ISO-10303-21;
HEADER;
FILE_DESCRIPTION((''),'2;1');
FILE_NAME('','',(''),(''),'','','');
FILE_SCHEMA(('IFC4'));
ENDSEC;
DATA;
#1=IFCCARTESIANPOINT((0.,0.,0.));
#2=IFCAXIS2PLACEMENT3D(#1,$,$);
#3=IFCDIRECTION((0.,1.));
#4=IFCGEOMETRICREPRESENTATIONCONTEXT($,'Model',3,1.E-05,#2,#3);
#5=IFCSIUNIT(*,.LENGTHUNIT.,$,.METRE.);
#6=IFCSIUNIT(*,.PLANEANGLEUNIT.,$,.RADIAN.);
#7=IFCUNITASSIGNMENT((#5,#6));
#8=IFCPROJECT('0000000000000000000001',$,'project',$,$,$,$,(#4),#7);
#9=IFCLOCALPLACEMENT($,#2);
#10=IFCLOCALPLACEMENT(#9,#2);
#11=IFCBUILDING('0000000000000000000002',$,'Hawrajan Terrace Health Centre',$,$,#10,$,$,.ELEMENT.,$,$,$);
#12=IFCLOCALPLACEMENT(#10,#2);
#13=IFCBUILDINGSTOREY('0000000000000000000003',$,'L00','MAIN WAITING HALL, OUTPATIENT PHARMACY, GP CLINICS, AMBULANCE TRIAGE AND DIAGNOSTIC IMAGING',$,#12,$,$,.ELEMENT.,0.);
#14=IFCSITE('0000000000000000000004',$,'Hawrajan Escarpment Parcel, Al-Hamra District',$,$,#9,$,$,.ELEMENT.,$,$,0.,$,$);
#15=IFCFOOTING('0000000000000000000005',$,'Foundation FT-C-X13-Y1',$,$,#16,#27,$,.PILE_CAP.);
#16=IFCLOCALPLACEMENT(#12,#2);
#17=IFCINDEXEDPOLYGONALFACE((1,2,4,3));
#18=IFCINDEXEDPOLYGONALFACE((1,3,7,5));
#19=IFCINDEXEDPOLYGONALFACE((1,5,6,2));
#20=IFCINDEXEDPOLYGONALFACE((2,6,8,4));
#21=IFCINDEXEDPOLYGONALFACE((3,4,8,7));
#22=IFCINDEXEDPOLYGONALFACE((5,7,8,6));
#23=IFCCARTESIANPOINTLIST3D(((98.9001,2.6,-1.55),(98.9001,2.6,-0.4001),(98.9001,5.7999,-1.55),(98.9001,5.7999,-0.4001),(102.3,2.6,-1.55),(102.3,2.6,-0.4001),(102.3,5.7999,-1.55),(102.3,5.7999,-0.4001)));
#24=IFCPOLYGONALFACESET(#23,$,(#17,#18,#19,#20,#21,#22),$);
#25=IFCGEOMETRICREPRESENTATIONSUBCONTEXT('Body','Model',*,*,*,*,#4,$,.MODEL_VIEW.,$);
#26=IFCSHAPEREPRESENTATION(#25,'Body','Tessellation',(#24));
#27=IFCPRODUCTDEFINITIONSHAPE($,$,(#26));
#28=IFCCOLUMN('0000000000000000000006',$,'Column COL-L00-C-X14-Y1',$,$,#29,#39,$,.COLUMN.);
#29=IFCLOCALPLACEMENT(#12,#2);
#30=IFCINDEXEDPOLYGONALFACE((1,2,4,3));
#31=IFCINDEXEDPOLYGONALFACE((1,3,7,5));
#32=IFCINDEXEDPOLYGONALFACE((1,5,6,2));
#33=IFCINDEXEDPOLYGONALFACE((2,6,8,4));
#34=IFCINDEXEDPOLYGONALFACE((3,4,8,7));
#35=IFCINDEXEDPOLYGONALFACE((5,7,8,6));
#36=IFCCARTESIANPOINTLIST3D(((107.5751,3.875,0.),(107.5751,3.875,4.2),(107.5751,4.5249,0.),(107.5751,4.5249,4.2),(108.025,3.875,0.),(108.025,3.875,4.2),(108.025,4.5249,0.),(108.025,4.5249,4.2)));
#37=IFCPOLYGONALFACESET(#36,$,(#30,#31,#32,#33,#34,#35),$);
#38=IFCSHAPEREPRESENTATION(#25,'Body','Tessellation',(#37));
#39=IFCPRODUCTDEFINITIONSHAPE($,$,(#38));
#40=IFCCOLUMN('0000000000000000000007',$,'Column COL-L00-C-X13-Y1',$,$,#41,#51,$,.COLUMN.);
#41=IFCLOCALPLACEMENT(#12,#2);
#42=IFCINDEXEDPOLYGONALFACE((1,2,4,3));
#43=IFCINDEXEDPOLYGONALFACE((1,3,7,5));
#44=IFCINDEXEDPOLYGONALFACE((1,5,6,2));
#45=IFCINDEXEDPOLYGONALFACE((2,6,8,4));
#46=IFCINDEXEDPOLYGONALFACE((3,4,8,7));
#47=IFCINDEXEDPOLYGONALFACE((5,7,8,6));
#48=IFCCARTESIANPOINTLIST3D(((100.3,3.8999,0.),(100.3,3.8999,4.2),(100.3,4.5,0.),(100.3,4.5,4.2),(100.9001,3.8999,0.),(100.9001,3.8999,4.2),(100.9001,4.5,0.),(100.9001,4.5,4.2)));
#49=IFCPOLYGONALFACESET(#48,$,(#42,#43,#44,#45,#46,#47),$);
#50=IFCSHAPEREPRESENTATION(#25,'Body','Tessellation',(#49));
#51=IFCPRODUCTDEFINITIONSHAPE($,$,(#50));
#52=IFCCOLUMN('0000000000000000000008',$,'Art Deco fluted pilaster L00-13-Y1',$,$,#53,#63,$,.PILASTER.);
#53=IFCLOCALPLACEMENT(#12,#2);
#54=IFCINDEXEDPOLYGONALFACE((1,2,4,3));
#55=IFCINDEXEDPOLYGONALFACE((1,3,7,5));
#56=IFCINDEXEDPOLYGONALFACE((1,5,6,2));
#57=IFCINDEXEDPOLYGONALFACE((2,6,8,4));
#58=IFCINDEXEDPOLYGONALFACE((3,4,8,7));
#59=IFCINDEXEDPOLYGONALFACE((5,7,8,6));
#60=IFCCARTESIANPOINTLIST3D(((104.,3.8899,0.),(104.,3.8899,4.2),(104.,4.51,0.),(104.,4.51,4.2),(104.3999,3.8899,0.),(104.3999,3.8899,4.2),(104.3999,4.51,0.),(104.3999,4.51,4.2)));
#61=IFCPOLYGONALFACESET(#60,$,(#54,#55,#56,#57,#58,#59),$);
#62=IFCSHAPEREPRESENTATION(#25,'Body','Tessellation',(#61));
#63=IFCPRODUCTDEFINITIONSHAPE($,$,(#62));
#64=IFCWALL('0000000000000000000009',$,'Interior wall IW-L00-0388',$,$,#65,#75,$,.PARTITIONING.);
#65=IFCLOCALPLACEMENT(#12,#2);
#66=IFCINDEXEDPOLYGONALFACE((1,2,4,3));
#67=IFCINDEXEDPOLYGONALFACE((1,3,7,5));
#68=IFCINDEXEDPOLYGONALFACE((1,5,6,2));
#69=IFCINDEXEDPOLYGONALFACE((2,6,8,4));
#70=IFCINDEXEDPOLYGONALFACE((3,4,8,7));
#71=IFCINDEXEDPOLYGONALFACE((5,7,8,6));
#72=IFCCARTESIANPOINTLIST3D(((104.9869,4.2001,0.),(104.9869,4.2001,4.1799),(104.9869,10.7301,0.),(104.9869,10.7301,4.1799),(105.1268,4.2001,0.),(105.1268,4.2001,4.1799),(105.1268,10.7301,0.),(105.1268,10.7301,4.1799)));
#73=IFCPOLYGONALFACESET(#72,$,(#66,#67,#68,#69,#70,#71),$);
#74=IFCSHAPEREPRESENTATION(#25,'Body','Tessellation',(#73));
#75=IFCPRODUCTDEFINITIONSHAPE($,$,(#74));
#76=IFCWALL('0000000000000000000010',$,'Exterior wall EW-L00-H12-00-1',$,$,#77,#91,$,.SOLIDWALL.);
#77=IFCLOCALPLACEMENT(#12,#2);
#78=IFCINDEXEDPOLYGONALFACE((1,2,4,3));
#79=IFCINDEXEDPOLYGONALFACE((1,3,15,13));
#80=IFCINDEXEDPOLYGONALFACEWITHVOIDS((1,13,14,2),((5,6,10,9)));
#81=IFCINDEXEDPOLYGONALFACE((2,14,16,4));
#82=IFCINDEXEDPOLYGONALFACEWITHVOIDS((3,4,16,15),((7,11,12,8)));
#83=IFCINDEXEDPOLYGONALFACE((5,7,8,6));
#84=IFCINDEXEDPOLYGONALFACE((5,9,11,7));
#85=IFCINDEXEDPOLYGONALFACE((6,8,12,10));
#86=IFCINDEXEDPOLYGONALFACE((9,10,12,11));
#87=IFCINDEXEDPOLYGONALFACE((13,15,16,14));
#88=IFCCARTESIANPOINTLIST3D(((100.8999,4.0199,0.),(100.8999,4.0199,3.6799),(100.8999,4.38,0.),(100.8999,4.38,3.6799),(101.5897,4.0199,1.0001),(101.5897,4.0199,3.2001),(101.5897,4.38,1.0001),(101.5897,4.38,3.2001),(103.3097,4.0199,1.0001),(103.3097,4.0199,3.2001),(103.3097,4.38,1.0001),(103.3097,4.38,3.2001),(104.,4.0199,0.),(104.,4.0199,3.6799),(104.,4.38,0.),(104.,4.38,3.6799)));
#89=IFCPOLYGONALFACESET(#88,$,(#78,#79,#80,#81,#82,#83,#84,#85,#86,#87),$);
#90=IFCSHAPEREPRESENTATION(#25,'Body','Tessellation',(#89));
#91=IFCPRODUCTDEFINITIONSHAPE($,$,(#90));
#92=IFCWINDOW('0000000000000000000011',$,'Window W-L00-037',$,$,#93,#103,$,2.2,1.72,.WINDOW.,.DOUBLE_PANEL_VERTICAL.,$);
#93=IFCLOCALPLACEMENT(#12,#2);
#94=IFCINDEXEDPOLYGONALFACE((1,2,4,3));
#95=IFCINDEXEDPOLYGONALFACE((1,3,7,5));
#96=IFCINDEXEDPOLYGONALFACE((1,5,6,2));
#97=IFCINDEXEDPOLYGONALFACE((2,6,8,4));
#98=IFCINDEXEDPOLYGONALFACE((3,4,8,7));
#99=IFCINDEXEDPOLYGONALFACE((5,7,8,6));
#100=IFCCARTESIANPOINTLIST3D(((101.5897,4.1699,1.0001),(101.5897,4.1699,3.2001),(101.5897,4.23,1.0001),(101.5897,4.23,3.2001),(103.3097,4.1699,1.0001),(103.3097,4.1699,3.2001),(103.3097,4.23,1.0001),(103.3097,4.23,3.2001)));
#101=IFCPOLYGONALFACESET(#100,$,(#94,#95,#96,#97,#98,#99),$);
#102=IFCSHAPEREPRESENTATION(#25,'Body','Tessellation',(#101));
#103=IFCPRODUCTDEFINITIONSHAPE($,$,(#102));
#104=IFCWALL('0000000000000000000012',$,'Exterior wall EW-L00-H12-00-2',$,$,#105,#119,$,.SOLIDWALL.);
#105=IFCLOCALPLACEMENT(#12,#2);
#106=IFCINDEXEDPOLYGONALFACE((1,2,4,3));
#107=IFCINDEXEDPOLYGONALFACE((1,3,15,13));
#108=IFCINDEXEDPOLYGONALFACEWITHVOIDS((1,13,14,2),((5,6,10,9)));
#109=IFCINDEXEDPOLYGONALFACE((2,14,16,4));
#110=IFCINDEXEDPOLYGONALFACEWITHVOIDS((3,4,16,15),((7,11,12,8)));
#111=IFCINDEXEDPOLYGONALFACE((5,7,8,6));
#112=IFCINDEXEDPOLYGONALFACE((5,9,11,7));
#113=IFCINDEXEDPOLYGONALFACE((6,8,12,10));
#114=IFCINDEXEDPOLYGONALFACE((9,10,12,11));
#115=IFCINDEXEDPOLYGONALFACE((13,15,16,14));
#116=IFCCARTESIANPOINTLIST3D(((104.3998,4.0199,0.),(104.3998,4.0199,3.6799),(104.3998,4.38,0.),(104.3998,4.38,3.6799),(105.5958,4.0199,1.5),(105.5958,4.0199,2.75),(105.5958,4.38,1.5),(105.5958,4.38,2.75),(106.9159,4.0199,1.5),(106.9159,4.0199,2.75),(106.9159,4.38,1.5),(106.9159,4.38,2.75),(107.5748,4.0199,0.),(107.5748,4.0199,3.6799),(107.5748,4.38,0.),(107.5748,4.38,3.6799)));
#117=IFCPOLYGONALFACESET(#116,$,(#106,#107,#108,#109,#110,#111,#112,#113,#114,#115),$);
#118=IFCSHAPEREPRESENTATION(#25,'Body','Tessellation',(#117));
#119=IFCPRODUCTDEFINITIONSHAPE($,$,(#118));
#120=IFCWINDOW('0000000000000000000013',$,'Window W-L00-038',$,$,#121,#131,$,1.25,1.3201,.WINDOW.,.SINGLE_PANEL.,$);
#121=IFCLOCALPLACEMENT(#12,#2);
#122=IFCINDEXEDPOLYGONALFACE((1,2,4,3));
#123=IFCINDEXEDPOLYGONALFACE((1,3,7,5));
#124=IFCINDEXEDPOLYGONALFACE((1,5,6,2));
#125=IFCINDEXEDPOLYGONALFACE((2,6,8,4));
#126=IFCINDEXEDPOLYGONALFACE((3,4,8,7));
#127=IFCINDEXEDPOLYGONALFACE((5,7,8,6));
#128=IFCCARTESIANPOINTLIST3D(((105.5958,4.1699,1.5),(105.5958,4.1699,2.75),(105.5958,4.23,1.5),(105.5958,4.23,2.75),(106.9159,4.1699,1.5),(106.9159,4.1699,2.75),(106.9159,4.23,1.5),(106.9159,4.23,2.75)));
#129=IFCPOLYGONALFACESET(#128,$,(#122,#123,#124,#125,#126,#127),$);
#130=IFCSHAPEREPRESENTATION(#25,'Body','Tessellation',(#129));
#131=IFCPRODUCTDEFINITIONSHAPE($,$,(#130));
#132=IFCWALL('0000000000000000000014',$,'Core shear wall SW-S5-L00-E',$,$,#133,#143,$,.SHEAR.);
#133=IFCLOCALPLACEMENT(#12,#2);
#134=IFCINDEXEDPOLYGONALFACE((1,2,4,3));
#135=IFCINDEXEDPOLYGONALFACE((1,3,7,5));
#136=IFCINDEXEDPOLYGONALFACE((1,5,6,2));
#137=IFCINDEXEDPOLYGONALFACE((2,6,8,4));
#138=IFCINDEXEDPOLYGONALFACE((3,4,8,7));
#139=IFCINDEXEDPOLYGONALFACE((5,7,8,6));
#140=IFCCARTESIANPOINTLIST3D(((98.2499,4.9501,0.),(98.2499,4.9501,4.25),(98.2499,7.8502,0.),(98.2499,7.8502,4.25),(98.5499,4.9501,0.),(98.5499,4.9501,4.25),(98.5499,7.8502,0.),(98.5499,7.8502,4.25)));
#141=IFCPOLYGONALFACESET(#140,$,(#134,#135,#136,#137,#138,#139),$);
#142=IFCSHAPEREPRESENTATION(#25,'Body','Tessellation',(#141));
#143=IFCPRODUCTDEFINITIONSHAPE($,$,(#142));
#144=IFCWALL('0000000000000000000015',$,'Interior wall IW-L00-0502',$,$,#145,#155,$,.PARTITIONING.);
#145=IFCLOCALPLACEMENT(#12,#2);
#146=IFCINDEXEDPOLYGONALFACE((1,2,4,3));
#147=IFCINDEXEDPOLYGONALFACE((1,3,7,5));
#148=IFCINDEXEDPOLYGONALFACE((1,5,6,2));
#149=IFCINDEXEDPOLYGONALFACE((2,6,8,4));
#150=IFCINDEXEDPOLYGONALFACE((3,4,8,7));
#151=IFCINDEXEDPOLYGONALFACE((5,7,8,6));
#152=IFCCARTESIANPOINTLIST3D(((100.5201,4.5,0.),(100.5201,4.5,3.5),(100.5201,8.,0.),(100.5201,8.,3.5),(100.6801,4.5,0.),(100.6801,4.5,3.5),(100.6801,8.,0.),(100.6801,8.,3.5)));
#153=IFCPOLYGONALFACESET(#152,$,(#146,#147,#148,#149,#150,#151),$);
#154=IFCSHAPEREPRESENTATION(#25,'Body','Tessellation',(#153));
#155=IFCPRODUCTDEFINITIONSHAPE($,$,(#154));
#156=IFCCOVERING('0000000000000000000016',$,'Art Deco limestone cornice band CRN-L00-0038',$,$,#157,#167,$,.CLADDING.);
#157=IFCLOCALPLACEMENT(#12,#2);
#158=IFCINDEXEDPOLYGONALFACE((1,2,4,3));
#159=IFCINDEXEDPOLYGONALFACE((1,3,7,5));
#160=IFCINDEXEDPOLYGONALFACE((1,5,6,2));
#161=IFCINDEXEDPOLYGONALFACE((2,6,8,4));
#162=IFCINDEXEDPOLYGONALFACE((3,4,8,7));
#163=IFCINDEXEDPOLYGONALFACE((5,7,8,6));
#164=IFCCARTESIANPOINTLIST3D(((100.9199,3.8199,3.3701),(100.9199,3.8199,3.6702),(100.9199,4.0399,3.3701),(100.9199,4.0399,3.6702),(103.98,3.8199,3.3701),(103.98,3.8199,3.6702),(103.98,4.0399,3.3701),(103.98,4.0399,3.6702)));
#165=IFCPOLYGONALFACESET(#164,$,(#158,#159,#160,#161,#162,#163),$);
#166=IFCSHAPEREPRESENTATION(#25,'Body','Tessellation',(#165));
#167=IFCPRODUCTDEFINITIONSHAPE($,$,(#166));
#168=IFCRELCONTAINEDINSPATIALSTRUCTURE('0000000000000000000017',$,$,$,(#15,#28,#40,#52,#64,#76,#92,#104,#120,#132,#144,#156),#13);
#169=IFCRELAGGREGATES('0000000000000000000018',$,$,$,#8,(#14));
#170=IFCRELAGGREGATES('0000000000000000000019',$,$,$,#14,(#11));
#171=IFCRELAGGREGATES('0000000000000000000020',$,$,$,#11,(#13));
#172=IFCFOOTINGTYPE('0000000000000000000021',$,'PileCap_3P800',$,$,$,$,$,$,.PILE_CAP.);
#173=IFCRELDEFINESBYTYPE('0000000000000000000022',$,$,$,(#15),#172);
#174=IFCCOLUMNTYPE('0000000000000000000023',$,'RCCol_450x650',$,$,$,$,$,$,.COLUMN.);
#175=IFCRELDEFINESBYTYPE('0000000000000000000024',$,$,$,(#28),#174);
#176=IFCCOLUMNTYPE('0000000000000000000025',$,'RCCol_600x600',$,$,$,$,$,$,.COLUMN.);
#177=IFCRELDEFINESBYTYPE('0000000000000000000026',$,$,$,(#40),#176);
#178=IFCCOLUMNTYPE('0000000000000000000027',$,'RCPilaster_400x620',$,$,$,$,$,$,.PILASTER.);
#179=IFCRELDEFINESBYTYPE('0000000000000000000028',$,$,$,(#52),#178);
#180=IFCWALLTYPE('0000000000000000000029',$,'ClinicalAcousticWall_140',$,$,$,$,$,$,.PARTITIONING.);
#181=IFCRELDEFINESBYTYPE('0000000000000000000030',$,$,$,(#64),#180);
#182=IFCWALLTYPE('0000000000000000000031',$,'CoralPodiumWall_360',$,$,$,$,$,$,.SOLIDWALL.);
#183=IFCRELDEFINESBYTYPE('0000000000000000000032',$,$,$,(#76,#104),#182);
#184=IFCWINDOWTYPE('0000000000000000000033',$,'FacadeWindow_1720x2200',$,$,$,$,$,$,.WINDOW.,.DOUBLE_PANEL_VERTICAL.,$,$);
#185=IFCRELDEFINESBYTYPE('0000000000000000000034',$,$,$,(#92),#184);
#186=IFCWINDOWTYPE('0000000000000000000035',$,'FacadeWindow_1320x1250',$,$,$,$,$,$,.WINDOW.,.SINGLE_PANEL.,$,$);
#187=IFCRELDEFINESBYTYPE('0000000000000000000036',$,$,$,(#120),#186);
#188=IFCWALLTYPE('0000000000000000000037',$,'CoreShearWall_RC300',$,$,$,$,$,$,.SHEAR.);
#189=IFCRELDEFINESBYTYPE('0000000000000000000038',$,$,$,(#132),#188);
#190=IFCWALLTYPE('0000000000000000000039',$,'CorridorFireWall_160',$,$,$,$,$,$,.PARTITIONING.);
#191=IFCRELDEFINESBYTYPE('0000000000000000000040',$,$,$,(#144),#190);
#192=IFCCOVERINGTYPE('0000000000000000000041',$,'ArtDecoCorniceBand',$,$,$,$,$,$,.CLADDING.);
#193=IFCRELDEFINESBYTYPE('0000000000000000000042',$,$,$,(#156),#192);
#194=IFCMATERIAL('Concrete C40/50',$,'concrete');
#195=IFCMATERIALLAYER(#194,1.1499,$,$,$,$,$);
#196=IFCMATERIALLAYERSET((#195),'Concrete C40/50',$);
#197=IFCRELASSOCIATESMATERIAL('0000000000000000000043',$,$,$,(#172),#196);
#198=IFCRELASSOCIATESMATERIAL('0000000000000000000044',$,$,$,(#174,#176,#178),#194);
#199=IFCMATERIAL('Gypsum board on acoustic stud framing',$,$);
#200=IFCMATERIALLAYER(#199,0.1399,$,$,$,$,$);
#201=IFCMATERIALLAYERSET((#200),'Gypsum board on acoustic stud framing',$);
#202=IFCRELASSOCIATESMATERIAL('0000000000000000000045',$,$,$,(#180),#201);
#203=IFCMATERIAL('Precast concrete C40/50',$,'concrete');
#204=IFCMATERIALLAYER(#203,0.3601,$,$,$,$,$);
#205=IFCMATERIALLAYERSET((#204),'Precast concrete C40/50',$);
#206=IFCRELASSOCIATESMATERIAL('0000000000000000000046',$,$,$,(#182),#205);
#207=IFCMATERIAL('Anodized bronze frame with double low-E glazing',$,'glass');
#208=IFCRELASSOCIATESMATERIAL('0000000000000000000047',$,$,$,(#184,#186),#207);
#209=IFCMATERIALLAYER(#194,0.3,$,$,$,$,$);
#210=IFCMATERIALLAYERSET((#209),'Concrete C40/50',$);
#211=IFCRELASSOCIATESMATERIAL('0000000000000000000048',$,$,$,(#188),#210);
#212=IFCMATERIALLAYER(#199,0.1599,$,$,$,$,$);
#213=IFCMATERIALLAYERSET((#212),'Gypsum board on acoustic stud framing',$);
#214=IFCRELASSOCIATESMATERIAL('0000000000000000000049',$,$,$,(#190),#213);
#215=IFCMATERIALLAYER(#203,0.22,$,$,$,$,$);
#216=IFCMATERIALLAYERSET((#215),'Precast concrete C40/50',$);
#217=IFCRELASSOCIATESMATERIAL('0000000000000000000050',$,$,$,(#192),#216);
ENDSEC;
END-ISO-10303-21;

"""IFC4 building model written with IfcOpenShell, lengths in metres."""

from ifc_helpers import new_model, si_unit, direction, frame, frame_2d, origin, origin_2d, place, context, subcontext, project, spatial, rectangle, extrude, material, layer, layer_set, material_profile, profile_set, type_object, element, fill, save


model = new_model("IFC4")

# Units and contexts
model_context = context("Model", 3, precision=1e-05, world=origin(), true_north=direction((0.0, 1.0)))
body_context = subcontext(model_context, "Body", "Model", "MODEL_VIEW")
ifc_project = project(units=[si_unit("LENGTHUNIT", "METRE"), si_unit("PLANEANGLEUNIT", "RADIAN")], contexts=[model_context])

# Site, building, storey
site_placement = place(None, origin())
site = spatial("IfcSite", under=ifc_project, at=site_placement, Name="Hawrajan Escarpment Parcel, Al-Hamra District", CompositionType="ELEMENT", RefElevation=0.0)
building_placement = place(site_placement, origin())
building = spatial("IfcBuilding", under=site, at=building_placement, Name="Hawrajan Terrace Health Centre", CompositionType="ELEMENT")
storey_placement = place(building_placement, origin())
storey = spatial("IfcBuildingStorey", under=building, at=storey_placement, Name="L00", Description="MAIN WAITING HALL, OUTPATIENT PHARMACY, GP CLINICS, AMBULANCE TRIAGE AND DIAGNOSTIC IMAGING", CompositionType="ELEMENT", Elevation=0.0)

# Shared definitions
ifc_material_1 = material(Name="Concrete C40/50", Category="concrete")

# Footing
ifc_layer_1 = layer(ifc_material_1, 1.1499)
ifc_layer_set_1 = layer_set([ifc_layer_1], Name="Concrete C40/50")
footing_type_1 = type_object("IfcFootingType", Name="PileCap_3P800", PredefinedType="PILE_CAP", material=ifc_layer_set_1)
footing_1_placement = place(storey_placement, frame((100.6001, 4.2, -1.55), z_axis=(0.0, 0.0, 1.0), x_axis=(1.0, 0.0, 0.0)))
element("IfcFooting", 1, at=footing_1_placement, inside=storey, type_object=footing_type_1, Name="Foundation FT-C-X13-Y1", PredefinedType="PILE_CAP", context=body_context, shape_type="SweptSolid", body=[
    extrude(rectangle(XDim=3.3999, YDim=3.2, at=origin_2d()), origin(), (0.0, 0.0, 1.0), 1.1499),
])

# Columns
ifc_material_profile_1 = material_profile(ifc_material_1, rectangle(XDim=0.45, YDim=0.6499, at=origin_2d()), Name="RC 450x650")
ifc_profile_set_1 = profile_set([ifc_material_profile_1], Name="Concrete C40/50")
column_type_1 = type_object("IfcColumnType", Name="RCCol_450x650", PredefinedType="COLUMN", material=ifc_profile_set_1)
column_1_placement = place(storey_placement, frame((107.8, 4.2, 0.0), z_axis=(0.0, 0.0, 1.0), x_axis=(1.0, 0.0, 0.0)))
element("IfcColumn", 2, at=column_1_placement, inside=storey, type_object=column_type_1, Name="Column COL-L00-C-X14-Y1", PredefinedType="COLUMN", context=body_context, shape_type="SweptSolid", body=[
    extrude(rectangle(XDim=0.45, YDim=0.6499, at=origin_2d()), origin(), (0.0, 0.0, 1.0), 4.2),
])
ifc_material_profile_2 = material_profile(ifc_material_1, rectangle(XDim=0.6001, YDim=0.6001, at=origin_2d()), Name="RC 600x600")
ifc_profile_set_2 = profile_set([ifc_material_profile_2], Name="Concrete C40/50")
column_type_2 = type_object("IfcColumnType", Name="RCCol_600x600", PredefinedType="COLUMN", material=ifc_profile_set_2)
column_2_placement = place(storey_placement, frame((100.6001, 4.2, 0.0), z_axis=(0.0, 0.0, 1.0), x_axis=(1.0, 0.0, 0.0)))
element("IfcColumn", 3, at=column_2_placement, inside=storey, type_object=column_type_2, Name="Column COL-L00-C-X13-Y1", PredefinedType="COLUMN", context=body_context, shape_type="SweptSolid", body=[
    extrude(rectangle(XDim=0.6001, YDim=0.6001, at=origin_2d()), origin(), (0.0, 0.0, 1.0), 4.2),
])
ifc_material_profile_3 = material_profile(ifc_material_1, rectangle(XDim=0.3999, YDim=0.6201, at=origin_2d()), Name="RC PIL 400x620")
ifc_profile_set_3 = profile_set([ifc_material_profile_3], Name="Concrete C40/50")
column_type_3 = type_object("IfcColumnType", Name="RCPilaster_400x620", PredefinedType="PILASTER", material=ifc_profile_set_3)
column_3_placement = place(storey_placement, frame((104.2, 4.2, 0.0), z_axis=(0.0, 0.0, 1.0), x_axis=(1.0, 0.0, 0.0)))
element("IfcColumn", 4, at=column_3_placement, inside=storey, type_object=column_type_3, Name="Art Deco fluted pilaster L00-13-Y1", PredefinedType="PILASTER", context=body_context, shape_type="SweptSolid", body=[
    extrude(rectangle(XDim=0.3999, YDim=0.6201, at=origin_2d()), origin(), (0.0, 0.0, 1.0), 4.2),
])

# Wall
ifc_material_2 = material(Name="Gypsum board on acoustic stud framing")
ifc_layer_2 = layer(ifc_material_2, 0.1399)
ifc_layer_set_2 = layer_set([ifc_layer_2], Name="Gypsum board on acoustic stud framing")
wall_type_1 = type_object("IfcWallType", Name="ClinicalAcousticWall_140", PredefinedType="PARTITIONING", material=ifc_layer_set_2)
wall_1_placement = place(storey_placement, frame((105.0569, 4.2, 0.0), z_axis=(0.0, 0.0, 1.0), x_axis=(0.0, 1.0, 0.0)))
element("IfcWall", 5, at=wall_1_placement, inside=storey, type_object=wall_type_1, Name="Interior wall IW-L00-0388", PredefinedType="PARTITIONING", context=body_context, shape_type="SweptSolid", body=[
    extrude(rectangle(XDim=6.53, YDim=0.1399, at=frame_2d((3.2651, 0.0))), origin(), (0.0, 0.0, 1.0), 4.1799),
])

# Walls, openings, windows
ifc_material_3 = material(Name="Precast concrete C40/50", Category="concrete")
ifc_layer_3 = layer(ifc_material_3, 0.3601)
ifc_layer_set_3 = layer_set([ifc_layer_3], Name="Precast concrete C40/50")
wall_type_2 = type_object("IfcWallType", Name="CoralPodiumWall_360", PredefinedType="SOLIDWALL", material=ifc_layer_set_3)
wall_2_placement = place(storey_placement, frame((100.8999, 4.2, 0.0), z_axis=(0.0, 0.0, 1.0), x_axis=(1.0, 0.0, 0.0)))
wall_2 = element("IfcWall", 6, at=wall_2_placement, inside=storey, type_object=wall_type_2, Name="Exterior wall EW-L00-H12-00-1", PredefinedType="SOLIDWALL", context=body_context, shape_type="SweptSolid", body=[
    extrude(rectangle(XDim=3.1001, YDim=0.3601, at=frame_2d((1.55, 0.0))), origin(), (0.0, 0.0, 1.0), 3.6799),
])
opening_1_placement = place(wall_2_placement, frame((0.6899, 0.0, 1.0)))
opening_1 = element("IfcOpeningElement", 7, at=opening_1_placement, cuts=wall_2, PredefinedType="OPENING", context=body_context, shape_type="SweptSolid", body=[
    extrude(rectangle(XDim=1.72, YDim=2.2, at=frame_2d((0.8599, 1.1001))), frame((0.0, 0.1899, 0.0), z_axis=(0.0, -1.0, 0.0), x_axis=(1.0, 0.0, 0.0)), (0.0, 0.0, 1.0), 0.3801),
])
ifc_material_4 = material(Name="Anodized bronze frame with double low-E glazing", Category="glass")
window_type_1 = type_object("IfcWindowType", Name="FacadeWindow_1720x2200", PartitioningType="DOUBLE_PANEL_VERTICAL", PredefinedType="WINDOW", material=ifc_material_4)
window_1_placement = place(opening_1_placement, origin())
window_1 = element("IfcWindow", 8, at=window_1_placement, inside=storey, type_object=window_type_1, Name="Window W-L00-037", OverallHeight=2.2, OverallWidth=1.72, PartitioningType="DOUBLE_PANEL_VERTICAL", PredefinedType="WINDOW", context=body_context, shape_type="SweptSolid", body=[
    extrude(rectangle(XDim=1.72, YDim=2.2, at=frame_2d((0.8599, 1.1001))), frame((0.0, 0.03, 0.0), z_axis=(0.0, -1.0, 0.0), x_axis=(1.0, 0.0, 0.0)), (0.0, 0.0, 1.0), 0.0601),
])
fill(opening_1, window_1)
wall_3_placement = place(storey_placement, frame((104.3999, 4.2, 0.0), z_axis=(0.0, 0.0, 1.0), x_axis=(1.0, 0.0, 0.0)))
wall_3 = element("IfcWall", 9, at=wall_3_placement, inside=storey, type_object=wall_type_2, Name="Exterior wall EW-L00-H12-00-2", PredefinedType="SOLIDWALL", context=body_context, shape_type="SweptSolid", body=[
    extrude(rectangle(XDim=3.175, YDim=0.3601, at=frame_2d((1.5874, 0.0))), origin(), (0.0, 0.0, 1.0), 3.6799),
])
opening_2_placement = place(wall_3_placement, frame((1.1958, 0.0, 1.5)))
opening_2 = element("IfcOpeningElement", 10, at=opening_2_placement, cuts=wall_3, PredefinedType="OPENING", context=body_context, shape_type="SweptSolid", body=[
    extrude(rectangle(XDim=1.3201, YDim=1.25, at=frame_2d((0.6602, 0.625))), frame((0.0, 0.1899, 0.0), z_axis=(0.0, -1.0, 0.0), x_axis=(1.0, 0.0, 0.0)), (0.0, 0.0, 1.0), 0.3801),
])
window_type_2 = type_object("IfcWindowType", Name="FacadeWindow_1320x1250", PartitioningType="SINGLE_PANEL", PredefinedType="WINDOW", material=ifc_material_4)
window_2_placement = place(opening_2_placement, origin())
window_2 = element("IfcWindow", 11, at=window_2_placement, inside=storey, type_object=window_type_2, Name="Window W-L00-038", OverallHeight=1.25, OverallWidth=1.3201, PartitioningType="SINGLE_PANEL", PredefinedType="WINDOW", context=body_context, shape_type="SweptSolid", body=[
    extrude(rectangle(XDim=1.3201, YDim=1.25, at=frame_2d((0.6602, 0.625))), frame((0.0, 0.03, 0.0), z_axis=(0.0, -1.0, 0.0), x_axis=(1.0, 0.0, 0.0)), (0.0, 0.0, 1.0), 0.0601),
])
fill(opening_2, window_2)

# Walls
ifc_layer_4 = layer(ifc_material_1, 0.3)
ifc_layer_set_4 = layer_set([ifc_layer_4], Name="Concrete C40/50")
wall_type_3 = type_object("IfcWallType", Name="CoreShearWall_RC300", PredefinedType="SHEAR", material=ifc_layer_set_4)
wall_4_placement = place(storey_placement, frame((98.3999, 4.95, 0.0), z_axis=(0.0, 0.0, 1.0), x_axis=(0.0, 1.0, 0.0)))
element("IfcWall", 12, at=wall_4_placement, inside=storey, type_object=wall_type_3, Name="Core shear wall SW-S5-L00-E", PredefinedType="SHEAR", context=body_context, shape_type="SweptSolid", body=[
    extrude(rectangle(XDim=2.9001, YDim=0.3, at=frame_2d((1.4502, 0.0))), origin(), (0.0, 0.0, 1.0), 4.25),
])
ifc_layer_5 = layer(ifc_material_2, 0.1599)
ifc_layer_set_5 = layer_set([ifc_layer_5], Name="Gypsum board on acoustic stud framing")
wall_type_4 = type_object("IfcWallType", Name="CorridorFireWall_160", PredefinedType="PARTITIONING", material=ifc_layer_set_5)
wall_5_placement = place(storey_placement, frame((100.6001, 4.5, 0.0), z_axis=(0.0, 0.0, 1.0), x_axis=(0.0, 1.0, 0.0)))
element("IfcWall", 13, at=wall_5_placement, inside=storey, type_object=wall_type_4, Name="Interior wall IW-L00-0502", PredefinedType="PARTITIONING", context=body_context, shape_type="SweptSolid", body=[
    extrude(rectangle(XDim=3.5, YDim=0.1599, at=frame_2d((1.75, 0.0))), origin(), (0.0, 0.0, 1.0), 3.5),
])

# Covering
ifc_layer_6 = layer(ifc_material_3, 0.22)
ifc_layer_set_6 = layer_set([ifc_layer_6], Name="Precast concrete C40/50")
covering_type_1 = type_object("IfcCoveringType", Name="ArtDecoCorniceBand", PredefinedType="CLADDING", material=ifc_layer_set_6)
covering_1_placement = place(storey_placement, frame((102.45, 3.9299, 3.3701), z_axis=(0.0, 0.0, 1.0), x_axis=(1.0, 0.0, 0.0)))
element("IfcCovering", 14, at=covering_1_placement, inside=storey, type_object=covering_type_1, Name="Art Deco limestone cornice band CRN-L00-0038", PredefinedType="CLADDING", context=body_context, shape_type="SweptSolid", body=[
    extrude(rectangle(XDim=3.0601, YDim=0.22, at=origin_2d()), origin(), (0.0, 0.0, 1.0), 0.3),
])

save(model, "model.ifc")
